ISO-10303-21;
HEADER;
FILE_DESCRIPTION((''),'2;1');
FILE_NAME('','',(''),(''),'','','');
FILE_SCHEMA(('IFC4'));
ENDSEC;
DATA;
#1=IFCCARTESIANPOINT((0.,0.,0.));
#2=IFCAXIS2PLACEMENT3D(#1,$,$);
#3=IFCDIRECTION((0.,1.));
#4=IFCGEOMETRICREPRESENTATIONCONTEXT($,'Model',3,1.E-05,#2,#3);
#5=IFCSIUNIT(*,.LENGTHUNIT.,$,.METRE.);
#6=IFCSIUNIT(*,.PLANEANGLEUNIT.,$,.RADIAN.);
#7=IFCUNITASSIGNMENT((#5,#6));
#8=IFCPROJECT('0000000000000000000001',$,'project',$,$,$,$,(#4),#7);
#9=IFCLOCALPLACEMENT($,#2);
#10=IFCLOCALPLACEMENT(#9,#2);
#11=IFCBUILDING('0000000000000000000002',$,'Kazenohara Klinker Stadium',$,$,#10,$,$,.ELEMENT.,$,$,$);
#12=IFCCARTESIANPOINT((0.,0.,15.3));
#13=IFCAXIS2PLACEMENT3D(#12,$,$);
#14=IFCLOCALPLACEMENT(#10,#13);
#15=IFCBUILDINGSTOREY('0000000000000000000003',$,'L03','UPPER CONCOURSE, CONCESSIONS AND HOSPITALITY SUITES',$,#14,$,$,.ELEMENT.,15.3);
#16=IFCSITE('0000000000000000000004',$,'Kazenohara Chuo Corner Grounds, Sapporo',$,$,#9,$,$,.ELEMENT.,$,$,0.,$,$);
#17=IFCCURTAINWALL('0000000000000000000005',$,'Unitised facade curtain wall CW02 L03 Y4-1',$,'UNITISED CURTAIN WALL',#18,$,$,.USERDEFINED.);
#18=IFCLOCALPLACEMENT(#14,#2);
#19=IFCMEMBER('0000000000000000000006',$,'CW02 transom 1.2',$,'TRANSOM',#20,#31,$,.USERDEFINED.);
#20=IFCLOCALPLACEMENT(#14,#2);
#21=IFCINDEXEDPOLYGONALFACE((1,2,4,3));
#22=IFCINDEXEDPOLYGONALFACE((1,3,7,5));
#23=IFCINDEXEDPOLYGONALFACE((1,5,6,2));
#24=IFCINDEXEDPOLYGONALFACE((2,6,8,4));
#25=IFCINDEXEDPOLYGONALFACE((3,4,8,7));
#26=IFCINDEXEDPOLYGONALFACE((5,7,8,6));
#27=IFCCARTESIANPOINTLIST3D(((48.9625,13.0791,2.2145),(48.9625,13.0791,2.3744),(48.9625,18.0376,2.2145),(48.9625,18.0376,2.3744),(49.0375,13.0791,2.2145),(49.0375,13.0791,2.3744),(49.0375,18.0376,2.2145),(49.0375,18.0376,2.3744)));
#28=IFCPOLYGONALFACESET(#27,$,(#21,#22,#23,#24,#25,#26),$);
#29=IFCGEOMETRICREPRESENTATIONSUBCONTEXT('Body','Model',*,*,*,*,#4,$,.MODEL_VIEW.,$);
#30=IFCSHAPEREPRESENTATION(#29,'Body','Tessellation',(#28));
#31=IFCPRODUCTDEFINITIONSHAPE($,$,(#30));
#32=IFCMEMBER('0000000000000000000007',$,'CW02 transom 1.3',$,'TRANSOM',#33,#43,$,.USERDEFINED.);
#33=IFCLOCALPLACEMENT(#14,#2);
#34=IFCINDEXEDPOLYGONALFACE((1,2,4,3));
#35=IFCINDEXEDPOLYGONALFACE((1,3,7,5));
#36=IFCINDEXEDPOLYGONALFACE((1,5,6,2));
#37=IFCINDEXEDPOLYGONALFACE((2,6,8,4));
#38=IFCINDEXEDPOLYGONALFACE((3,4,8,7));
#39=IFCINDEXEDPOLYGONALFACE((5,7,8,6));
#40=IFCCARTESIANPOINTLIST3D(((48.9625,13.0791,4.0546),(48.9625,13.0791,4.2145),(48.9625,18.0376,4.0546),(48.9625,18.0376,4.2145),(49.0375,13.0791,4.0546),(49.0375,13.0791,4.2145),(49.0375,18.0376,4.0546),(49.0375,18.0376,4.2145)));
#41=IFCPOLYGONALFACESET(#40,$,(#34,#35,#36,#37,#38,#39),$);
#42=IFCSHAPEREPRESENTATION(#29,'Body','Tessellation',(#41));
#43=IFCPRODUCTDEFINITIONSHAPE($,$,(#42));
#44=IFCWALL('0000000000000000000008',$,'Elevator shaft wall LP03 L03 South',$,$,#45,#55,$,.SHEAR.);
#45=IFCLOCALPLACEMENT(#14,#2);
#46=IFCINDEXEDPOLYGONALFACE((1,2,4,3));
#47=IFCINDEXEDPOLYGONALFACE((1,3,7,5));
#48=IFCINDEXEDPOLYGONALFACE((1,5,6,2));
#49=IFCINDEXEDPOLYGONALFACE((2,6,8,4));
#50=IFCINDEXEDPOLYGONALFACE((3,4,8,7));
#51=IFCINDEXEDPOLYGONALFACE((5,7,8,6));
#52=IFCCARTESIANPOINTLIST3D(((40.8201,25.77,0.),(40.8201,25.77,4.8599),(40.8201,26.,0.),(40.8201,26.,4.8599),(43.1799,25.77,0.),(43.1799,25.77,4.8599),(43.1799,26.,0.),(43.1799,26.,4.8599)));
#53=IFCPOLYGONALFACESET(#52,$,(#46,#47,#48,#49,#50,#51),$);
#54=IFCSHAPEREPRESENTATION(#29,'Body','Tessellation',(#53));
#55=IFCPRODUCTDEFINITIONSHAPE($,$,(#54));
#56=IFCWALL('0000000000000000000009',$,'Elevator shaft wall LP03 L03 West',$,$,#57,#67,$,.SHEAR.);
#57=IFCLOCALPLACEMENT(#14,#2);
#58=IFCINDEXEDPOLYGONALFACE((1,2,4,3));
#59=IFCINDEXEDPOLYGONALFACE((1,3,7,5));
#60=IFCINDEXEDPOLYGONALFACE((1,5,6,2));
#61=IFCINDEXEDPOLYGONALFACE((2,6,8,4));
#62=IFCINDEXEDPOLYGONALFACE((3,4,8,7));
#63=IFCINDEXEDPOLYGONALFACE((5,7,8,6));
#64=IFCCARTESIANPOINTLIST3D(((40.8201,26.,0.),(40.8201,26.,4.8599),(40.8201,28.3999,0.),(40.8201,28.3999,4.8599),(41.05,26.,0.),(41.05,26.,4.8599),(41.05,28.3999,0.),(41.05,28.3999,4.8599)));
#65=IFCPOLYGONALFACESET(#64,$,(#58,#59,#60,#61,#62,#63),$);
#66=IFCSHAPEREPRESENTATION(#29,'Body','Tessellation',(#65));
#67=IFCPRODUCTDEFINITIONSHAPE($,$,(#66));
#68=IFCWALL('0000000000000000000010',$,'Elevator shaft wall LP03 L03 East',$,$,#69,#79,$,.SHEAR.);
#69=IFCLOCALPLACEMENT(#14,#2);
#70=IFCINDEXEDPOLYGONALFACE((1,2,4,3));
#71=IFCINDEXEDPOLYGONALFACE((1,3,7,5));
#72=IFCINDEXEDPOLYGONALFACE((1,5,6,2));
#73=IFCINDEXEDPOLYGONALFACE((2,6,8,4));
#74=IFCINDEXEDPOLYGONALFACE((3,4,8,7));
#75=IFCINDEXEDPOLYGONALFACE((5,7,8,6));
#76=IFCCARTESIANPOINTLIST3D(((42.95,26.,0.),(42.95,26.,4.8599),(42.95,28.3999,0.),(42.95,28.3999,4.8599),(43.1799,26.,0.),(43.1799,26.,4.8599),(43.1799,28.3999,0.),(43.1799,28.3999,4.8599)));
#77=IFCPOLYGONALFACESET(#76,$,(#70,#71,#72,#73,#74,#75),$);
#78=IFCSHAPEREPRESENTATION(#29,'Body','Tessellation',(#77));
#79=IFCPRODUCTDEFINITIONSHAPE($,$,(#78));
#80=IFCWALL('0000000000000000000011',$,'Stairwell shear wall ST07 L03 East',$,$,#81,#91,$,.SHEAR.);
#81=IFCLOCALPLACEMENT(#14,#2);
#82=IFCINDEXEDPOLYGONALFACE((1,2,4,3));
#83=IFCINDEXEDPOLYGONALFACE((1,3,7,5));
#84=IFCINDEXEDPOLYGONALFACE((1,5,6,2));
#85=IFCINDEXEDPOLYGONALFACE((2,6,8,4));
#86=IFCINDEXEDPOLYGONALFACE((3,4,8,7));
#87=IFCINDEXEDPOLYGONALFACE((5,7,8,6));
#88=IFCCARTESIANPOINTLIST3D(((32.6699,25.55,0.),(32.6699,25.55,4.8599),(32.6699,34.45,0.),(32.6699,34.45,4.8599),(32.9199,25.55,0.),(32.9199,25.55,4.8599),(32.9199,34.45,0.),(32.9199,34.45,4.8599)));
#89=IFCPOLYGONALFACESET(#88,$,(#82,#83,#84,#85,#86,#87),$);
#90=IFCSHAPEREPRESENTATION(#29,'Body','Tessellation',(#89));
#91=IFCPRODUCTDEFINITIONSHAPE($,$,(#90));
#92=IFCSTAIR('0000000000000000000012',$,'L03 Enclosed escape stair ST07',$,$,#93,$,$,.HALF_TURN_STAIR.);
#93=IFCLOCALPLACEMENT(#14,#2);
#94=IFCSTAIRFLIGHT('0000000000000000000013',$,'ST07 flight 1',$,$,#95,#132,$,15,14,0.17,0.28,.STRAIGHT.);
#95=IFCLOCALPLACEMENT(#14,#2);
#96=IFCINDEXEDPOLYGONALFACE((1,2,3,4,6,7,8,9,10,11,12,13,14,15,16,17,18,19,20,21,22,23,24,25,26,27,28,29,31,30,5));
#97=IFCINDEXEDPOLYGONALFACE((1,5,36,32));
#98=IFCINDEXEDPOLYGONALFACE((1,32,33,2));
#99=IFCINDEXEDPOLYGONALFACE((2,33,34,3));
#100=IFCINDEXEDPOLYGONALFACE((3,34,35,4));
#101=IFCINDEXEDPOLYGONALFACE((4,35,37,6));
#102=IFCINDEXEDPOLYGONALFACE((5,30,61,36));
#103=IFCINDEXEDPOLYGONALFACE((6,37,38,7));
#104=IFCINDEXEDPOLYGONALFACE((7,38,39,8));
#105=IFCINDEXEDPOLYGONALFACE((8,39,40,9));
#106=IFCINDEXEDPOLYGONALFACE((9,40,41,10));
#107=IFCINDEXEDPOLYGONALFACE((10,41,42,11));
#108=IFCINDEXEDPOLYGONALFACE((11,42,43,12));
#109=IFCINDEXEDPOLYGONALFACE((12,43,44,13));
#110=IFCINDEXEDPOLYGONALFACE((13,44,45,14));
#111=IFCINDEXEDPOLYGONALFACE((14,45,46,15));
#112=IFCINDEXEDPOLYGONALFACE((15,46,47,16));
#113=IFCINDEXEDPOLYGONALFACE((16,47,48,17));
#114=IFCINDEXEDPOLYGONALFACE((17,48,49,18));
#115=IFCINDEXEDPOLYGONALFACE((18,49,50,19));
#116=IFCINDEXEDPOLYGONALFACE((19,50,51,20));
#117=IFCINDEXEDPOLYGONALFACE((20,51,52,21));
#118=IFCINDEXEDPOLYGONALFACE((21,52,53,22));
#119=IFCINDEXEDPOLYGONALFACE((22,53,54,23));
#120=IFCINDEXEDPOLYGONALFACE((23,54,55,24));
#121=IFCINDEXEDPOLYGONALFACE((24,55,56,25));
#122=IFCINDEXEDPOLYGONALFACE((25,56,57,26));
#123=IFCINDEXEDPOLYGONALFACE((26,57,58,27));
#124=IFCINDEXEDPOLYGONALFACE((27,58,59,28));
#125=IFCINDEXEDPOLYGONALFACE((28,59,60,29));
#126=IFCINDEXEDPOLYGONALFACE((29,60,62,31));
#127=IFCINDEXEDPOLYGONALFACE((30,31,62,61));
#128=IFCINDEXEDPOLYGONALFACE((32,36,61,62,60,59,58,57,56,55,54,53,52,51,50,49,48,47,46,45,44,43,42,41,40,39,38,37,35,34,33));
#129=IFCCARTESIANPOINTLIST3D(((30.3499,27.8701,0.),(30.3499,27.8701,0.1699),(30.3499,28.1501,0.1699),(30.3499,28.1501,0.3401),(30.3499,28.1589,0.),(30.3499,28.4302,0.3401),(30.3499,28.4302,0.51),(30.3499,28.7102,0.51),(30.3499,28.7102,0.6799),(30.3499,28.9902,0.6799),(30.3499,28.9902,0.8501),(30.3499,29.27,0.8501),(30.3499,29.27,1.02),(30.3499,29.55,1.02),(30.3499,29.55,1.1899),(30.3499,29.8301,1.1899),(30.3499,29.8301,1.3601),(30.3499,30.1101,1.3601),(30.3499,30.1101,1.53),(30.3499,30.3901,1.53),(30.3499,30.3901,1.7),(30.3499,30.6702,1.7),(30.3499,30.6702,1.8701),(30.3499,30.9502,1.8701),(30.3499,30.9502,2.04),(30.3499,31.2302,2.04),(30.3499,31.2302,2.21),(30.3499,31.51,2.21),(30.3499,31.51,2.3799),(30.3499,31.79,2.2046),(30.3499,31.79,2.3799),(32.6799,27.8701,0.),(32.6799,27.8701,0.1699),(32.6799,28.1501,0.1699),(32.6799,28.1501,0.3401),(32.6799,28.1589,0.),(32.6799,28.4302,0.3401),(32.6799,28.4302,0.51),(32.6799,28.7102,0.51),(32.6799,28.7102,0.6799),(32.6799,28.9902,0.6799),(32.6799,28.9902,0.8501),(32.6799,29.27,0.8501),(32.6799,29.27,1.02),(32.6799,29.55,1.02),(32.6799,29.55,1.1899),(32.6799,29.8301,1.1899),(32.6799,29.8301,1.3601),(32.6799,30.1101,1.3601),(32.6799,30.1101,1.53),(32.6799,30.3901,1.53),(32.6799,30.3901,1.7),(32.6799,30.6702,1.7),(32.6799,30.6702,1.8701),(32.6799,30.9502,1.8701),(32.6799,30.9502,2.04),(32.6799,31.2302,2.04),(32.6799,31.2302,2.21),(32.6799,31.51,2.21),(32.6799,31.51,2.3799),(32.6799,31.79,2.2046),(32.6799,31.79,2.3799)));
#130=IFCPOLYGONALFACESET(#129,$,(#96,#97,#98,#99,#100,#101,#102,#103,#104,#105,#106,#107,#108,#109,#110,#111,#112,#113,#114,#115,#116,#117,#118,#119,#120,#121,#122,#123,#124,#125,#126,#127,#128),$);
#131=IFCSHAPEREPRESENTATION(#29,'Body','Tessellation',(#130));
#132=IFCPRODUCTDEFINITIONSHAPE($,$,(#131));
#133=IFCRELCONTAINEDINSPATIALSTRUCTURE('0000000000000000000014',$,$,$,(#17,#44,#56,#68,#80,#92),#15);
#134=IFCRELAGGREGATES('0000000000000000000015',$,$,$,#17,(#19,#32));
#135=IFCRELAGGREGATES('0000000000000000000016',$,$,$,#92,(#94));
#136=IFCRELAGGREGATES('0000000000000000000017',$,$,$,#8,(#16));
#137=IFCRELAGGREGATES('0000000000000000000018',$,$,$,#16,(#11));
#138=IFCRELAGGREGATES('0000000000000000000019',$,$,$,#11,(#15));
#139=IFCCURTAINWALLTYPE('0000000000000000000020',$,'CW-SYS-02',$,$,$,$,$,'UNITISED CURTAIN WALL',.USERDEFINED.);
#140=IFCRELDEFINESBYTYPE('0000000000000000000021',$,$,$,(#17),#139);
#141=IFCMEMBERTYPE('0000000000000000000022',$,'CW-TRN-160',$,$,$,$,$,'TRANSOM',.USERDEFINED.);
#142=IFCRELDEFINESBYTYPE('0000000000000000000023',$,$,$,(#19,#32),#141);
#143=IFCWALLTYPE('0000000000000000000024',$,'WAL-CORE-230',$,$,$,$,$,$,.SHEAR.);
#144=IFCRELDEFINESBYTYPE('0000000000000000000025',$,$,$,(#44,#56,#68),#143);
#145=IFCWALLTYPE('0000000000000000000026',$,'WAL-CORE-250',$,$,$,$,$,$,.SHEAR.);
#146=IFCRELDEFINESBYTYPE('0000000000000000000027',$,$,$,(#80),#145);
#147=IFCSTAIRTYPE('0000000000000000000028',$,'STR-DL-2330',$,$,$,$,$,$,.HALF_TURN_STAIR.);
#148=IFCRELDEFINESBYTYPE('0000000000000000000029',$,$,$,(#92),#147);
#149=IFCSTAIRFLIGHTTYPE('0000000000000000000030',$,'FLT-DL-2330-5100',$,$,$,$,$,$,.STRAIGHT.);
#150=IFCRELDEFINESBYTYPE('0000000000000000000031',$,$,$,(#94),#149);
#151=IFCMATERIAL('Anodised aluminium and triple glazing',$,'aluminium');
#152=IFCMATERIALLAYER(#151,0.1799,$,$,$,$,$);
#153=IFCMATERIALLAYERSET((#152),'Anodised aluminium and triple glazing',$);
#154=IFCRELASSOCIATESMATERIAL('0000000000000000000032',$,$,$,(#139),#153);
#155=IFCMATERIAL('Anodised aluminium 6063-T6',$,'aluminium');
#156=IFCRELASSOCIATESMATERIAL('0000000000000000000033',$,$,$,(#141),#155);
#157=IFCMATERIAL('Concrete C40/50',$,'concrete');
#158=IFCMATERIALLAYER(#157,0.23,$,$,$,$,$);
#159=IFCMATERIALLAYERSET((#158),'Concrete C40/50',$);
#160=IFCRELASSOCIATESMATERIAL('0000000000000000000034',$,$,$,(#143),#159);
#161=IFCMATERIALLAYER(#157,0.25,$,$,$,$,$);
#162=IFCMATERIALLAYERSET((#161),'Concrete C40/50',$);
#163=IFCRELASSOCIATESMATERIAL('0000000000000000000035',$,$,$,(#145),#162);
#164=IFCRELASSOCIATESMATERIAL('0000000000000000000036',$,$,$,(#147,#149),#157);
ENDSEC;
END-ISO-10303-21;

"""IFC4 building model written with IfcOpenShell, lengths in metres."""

from ifc_helpers import new_model, si_unit, direction, frame, frame_2d, origin, origin_2d, place, context, subcontext, project, spatial, polyline, rectangle, outline, extrude, material, layer, layer_set, material_profile, profile_set, type_object, element, aggregate, save


model = new_model("IFC4")

# Units and contexts
model_context = context("Model", 3, precision=1e-05, world=origin(), true_north=direction((0.0, 1.0)))
body_context = subcontext(model_context, "Body", "Model", "MODEL_VIEW")
ifc_project = project(units=[si_unit("LENGTHUNIT", "METRE"), si_unit("PLANEANGLEUNIT", "RADIAN")], contexts=[model_context])

# Site, building, storey
site_placement = place(None, origin())
site = spatial("IfcSite", under=ifc_project, at=site_placement, Name="Kazenohara Chuo Corner Grounds, Sapporo", CompositionType="ELEMENT", RefElevation=0.0)
building_placement = place(site_placement, origin())
building = spatial("IfcBuilding", under=site, at=building_placement, Name="Kazenohara Klinker Stadium", CompositionType="ELEMENT")
storey_placement = place(building_placement, frame((0.0, 0.0, 15.3)))
storey = spatial("IfcBuildingStorey", under=building, at=storey_placement, Name="L03", Description="UPPER CONCOURSE, CONCESSIONS AND HOSPITALITY SUITES", CompositionType="ELEMENT", Elevation=15.3)

# Shared definitions
ifc_material_1 = material(Name="Concrete C40/50", Category="concrete")

# Curtain wall, members
ifc_material_2 = material(Name="Anodised aluminium and triple glazing", Category="aluminium")
ifc_layer_1 = layer(ifc_material_2, 0.1799)
ifc_layer_set_1 = layer_set([ifc_layer_1], Name="Anodised aluminium and triple glazing")
curtain_wall_type = type_object("IfcCurtainWallType", Name="CW-SYS-02", ElementType="UNITISED CURTAIN WALL", PredefinedType="USERDEFINED", material=ifc_layer_set_1)
curtain_wall_placement = place(storey_placement, origin())
curtain_wall = element("IfcCurtainWall", 1, at=curtain_wall_placement, inside=storey, type_object=curtain_wall_type, Name="Unitised facade curtain wall CW02 L03 Y4-1", ObjectType="UNITISED CURTAIN WALL", PredefinedType="USERDEFINED")
ifc_material_3 = material(Name="Anodised aluminium 6063-T6", Category="aluminium")
ifc_material_profile_1 = material_profile(ifc_material_3, rectangle(XDim=0.075, YDim=0.1599, at=origin_2d()), Name="ALU-TRN-75x160")
ifc_profile_set_1 = profile_set([ifc_material_profile_1], Name="Anodised aluminium 6063-T6")
member_type_1 = type_object("IfcMemberType", Name="CW-TRN-160", ElementType="TRANSOM", PredefinedType="USERDEFINED", material=ifc_profile_set_1)
member_1_placement = place(storey_placement, frame((49.0, 13.0791, 2.2944), z_axis=(0.0, 1.0, 0.0), x_axis=(-1.0, 0.0, 0.0)))
member_1 = element("IfcMember", 2, at=member_1_placement, type_object=member_type_1, Name="CW02 transom 1.2", ObjectType="TRANSOM", PredefinedType="USERDEFINED", context=body_context, shape_type="SweptSolid", body=[
    extrude(rectangle(XDim=0.075, YDim=0.1599, at=origin_2d()), origin(), (0.0, 0.0, 1.0), 4.9585),
])
member_2_placement = place(storey_placement, frame((49.0, 13.0791, 4.1345), z_axis=(0.0, 1.0, 0.0), x_axis=(-1.0, 0.0, 0.0)))
member_2 = element("IfcMember", 3, at=member_2_placement, type_object=member_type_1, Name="CW02 transom 1.3", ObjectType="TRANSOM", PredefinedType="USERDEFINED", context=body_context, shape_type="SweptSolid", body=[
    extrude(rectangle(XDim=0.075, YDim=0.1599, at=origin_2d()), origin(), (0.0, 0.0, 1.0), 4.9585),
])
aggregate(curtain_wall, [member_1, member_2])

# Wall
ifc_layer_2 = layer(ifc_material_1, 0.23)
ifc_layer_set_2 = layer_set([ifc_layer_2], Name="Concrete C40/50")
wall_type_1 = type_object("IfcWallType", Name="WAL-CORE-230", PredefinedType="SHEAR", material=ifc_layer_set_2)
wall_1_placement = place(storey_placement, frame((40.8201, 25.885, 0.0), z_axis=(0.0, 0.0, 1.0), x_axis=(1.0, 0.0, 0.0)))
element("IfcWall", 4, at=wall_1_placement, inside=storey, type_object=wall_type_1, Name="Elevator shaft wall LP03 L03 South", PredefinedType="SHEAR", context=body_context, shape_type="SweptSolid", body=[
    extrude(rectangle(XDim=2.3599, YDim=0.23, at=frame_2d((1.1799, 0.0))), origin(), (0.0, 0.0, 1.0), 4.8599),
])

# Walls
for number, where, z_axis, x_axis, name in (
    (5, (40.9351, 26.0, 0.0), (0.0, 0.0, 1.0), (0.0, 1.0, 0.0), "Elevator shaft wall LP03 L03 West"),
    (6, (43.0649, 26.0, 0.0), (0.0, 0.0, 1.0), (0.0, 1.0, 0.0), "Elevator shaft wall LP03 L03 East"),
):
    element("IfcWall", number, at=place(storey_placement, frame(where, z_axis=z_axis, x_axis=x_axis)), inside=storey, type_object=wall_type_1, Name=name, PredefinedType="SHEAR", context=body_context, shape_type="SweptSolid", body=[
        extrude(rectangle(XDim=2.3999, YDim=0.23, at=frame_2d((1.2, 0.0))), origin(), (0.0, 0.0, 1.0), 4.8599),
    ])
ifc_layer_3 = layer(ifc_material_1, 0.25)
ifc_layer_set_3 = layer_set([ifc_layer_3], Name="Concrete C40/50")
wall_type_2 = type_object("IfcWallType", Name="WAL-CORE-250", PredefinedType="SHEAR", material=ifc_layer_set_3)
wall_2_placement = place(storey_placement, frame((32.7949, 25.55, 0.0), z_axis=(0.0, 0.0, 1.0), x_axis=(0.0, 1.0, 0.0)))
element("IfcWall", 7, at=wall_2_placement, inside=storey, type_object=wall_type_2, Name="Stairwell shear wall ST07 L03 East", PredefinedType="SHEAR", context=body_context, shape_type="SweptSolid", body=[
    extrude(rectangle(XDim=8.8999, YDim=0.25, at=frame_2d((4.45, 0.0))), origin(), (0.0, 0.0, 1.0), 4.8599),
])

# Stair, stair flight
stair_type = type_object("IfcStairType", Name="STR-DL-2330", PredefinedType="HALF_TURN_STAIR", material=ifc_material_1)
stair_placement = place(storey_placement, origin())
stair = element("IfcStair", 8, at=stair_placement, inside=storey, type_object=stair_type, Name="L03 Enclosed escape stair ST07", PredefinedType="HALF_TURN_STAIR")
stair_flight_type = type_object("IfcStairFlightType", Name="FLT-DL-2330-5100", PredefinedType="STRAIGHT", material=ifc_material_1)
stair_flight_placement = place(storey_placement, frame((31.5149, 27.8701, 0.0), z_axis=(0.0, 0.0, 1.0), x_axis=(0.0, 1.0, 0.0)))
stair_flight = element("IfcStairFlight", 9, at=stair_flight_placement, type_object=stair_flight_type, Name="ST07 flight 1", NumberOfRisers=15, NumberOfTreads=14, PredefinedType="STRAIGHT", RiserHeight=0.17, TreadLength=0.28, context=body_context, shape_type="SweptSolid", body=[
    extrude(outline(polyline([(0.0, 0.0), (0.0, 0.1699), (0.28, 0.1699), (0.28, 0.3401), (0.5601, 0.3401), (0.5601, 0.51), (0.8401, 0.51), (0.8401, 0.6799), (1.1201, 0.6799), (1.1201, 0.8501), (1.3999, 0.8501), (1.3999, 1.02), (1.6799, 1.02), (1.6799, 1.1899), (1.96, 1.1899), (1.96, 1.3601), (2.24, 1.3601), (2.24, 1.53), (2.52, 1.53), (2.52, 1.7), (2.8, 1.7), (2.8, 1.8701), (3.0801, 1.8701), (3.0801, 2.04), (3.3601, 2.04), (3.3601, 2.21), (3.6399, 2.21), (3.6399, 2.3799), (3.9199, 2.3799), (3.9199, 2.55), (3.9199, 2.2046), (0.2888, 0.0), (0.0, 0.0)])), frame((0.0, 1.165, 0.0), z_axis=(0.0, -1.0, 0.0), x_axis=(1.0, 0.0, 0.0)), (0.0, 0.0, 1.0), 2.3301),
])
aggregate(stair, [stair_flight])

save(model, "model.ifc")
